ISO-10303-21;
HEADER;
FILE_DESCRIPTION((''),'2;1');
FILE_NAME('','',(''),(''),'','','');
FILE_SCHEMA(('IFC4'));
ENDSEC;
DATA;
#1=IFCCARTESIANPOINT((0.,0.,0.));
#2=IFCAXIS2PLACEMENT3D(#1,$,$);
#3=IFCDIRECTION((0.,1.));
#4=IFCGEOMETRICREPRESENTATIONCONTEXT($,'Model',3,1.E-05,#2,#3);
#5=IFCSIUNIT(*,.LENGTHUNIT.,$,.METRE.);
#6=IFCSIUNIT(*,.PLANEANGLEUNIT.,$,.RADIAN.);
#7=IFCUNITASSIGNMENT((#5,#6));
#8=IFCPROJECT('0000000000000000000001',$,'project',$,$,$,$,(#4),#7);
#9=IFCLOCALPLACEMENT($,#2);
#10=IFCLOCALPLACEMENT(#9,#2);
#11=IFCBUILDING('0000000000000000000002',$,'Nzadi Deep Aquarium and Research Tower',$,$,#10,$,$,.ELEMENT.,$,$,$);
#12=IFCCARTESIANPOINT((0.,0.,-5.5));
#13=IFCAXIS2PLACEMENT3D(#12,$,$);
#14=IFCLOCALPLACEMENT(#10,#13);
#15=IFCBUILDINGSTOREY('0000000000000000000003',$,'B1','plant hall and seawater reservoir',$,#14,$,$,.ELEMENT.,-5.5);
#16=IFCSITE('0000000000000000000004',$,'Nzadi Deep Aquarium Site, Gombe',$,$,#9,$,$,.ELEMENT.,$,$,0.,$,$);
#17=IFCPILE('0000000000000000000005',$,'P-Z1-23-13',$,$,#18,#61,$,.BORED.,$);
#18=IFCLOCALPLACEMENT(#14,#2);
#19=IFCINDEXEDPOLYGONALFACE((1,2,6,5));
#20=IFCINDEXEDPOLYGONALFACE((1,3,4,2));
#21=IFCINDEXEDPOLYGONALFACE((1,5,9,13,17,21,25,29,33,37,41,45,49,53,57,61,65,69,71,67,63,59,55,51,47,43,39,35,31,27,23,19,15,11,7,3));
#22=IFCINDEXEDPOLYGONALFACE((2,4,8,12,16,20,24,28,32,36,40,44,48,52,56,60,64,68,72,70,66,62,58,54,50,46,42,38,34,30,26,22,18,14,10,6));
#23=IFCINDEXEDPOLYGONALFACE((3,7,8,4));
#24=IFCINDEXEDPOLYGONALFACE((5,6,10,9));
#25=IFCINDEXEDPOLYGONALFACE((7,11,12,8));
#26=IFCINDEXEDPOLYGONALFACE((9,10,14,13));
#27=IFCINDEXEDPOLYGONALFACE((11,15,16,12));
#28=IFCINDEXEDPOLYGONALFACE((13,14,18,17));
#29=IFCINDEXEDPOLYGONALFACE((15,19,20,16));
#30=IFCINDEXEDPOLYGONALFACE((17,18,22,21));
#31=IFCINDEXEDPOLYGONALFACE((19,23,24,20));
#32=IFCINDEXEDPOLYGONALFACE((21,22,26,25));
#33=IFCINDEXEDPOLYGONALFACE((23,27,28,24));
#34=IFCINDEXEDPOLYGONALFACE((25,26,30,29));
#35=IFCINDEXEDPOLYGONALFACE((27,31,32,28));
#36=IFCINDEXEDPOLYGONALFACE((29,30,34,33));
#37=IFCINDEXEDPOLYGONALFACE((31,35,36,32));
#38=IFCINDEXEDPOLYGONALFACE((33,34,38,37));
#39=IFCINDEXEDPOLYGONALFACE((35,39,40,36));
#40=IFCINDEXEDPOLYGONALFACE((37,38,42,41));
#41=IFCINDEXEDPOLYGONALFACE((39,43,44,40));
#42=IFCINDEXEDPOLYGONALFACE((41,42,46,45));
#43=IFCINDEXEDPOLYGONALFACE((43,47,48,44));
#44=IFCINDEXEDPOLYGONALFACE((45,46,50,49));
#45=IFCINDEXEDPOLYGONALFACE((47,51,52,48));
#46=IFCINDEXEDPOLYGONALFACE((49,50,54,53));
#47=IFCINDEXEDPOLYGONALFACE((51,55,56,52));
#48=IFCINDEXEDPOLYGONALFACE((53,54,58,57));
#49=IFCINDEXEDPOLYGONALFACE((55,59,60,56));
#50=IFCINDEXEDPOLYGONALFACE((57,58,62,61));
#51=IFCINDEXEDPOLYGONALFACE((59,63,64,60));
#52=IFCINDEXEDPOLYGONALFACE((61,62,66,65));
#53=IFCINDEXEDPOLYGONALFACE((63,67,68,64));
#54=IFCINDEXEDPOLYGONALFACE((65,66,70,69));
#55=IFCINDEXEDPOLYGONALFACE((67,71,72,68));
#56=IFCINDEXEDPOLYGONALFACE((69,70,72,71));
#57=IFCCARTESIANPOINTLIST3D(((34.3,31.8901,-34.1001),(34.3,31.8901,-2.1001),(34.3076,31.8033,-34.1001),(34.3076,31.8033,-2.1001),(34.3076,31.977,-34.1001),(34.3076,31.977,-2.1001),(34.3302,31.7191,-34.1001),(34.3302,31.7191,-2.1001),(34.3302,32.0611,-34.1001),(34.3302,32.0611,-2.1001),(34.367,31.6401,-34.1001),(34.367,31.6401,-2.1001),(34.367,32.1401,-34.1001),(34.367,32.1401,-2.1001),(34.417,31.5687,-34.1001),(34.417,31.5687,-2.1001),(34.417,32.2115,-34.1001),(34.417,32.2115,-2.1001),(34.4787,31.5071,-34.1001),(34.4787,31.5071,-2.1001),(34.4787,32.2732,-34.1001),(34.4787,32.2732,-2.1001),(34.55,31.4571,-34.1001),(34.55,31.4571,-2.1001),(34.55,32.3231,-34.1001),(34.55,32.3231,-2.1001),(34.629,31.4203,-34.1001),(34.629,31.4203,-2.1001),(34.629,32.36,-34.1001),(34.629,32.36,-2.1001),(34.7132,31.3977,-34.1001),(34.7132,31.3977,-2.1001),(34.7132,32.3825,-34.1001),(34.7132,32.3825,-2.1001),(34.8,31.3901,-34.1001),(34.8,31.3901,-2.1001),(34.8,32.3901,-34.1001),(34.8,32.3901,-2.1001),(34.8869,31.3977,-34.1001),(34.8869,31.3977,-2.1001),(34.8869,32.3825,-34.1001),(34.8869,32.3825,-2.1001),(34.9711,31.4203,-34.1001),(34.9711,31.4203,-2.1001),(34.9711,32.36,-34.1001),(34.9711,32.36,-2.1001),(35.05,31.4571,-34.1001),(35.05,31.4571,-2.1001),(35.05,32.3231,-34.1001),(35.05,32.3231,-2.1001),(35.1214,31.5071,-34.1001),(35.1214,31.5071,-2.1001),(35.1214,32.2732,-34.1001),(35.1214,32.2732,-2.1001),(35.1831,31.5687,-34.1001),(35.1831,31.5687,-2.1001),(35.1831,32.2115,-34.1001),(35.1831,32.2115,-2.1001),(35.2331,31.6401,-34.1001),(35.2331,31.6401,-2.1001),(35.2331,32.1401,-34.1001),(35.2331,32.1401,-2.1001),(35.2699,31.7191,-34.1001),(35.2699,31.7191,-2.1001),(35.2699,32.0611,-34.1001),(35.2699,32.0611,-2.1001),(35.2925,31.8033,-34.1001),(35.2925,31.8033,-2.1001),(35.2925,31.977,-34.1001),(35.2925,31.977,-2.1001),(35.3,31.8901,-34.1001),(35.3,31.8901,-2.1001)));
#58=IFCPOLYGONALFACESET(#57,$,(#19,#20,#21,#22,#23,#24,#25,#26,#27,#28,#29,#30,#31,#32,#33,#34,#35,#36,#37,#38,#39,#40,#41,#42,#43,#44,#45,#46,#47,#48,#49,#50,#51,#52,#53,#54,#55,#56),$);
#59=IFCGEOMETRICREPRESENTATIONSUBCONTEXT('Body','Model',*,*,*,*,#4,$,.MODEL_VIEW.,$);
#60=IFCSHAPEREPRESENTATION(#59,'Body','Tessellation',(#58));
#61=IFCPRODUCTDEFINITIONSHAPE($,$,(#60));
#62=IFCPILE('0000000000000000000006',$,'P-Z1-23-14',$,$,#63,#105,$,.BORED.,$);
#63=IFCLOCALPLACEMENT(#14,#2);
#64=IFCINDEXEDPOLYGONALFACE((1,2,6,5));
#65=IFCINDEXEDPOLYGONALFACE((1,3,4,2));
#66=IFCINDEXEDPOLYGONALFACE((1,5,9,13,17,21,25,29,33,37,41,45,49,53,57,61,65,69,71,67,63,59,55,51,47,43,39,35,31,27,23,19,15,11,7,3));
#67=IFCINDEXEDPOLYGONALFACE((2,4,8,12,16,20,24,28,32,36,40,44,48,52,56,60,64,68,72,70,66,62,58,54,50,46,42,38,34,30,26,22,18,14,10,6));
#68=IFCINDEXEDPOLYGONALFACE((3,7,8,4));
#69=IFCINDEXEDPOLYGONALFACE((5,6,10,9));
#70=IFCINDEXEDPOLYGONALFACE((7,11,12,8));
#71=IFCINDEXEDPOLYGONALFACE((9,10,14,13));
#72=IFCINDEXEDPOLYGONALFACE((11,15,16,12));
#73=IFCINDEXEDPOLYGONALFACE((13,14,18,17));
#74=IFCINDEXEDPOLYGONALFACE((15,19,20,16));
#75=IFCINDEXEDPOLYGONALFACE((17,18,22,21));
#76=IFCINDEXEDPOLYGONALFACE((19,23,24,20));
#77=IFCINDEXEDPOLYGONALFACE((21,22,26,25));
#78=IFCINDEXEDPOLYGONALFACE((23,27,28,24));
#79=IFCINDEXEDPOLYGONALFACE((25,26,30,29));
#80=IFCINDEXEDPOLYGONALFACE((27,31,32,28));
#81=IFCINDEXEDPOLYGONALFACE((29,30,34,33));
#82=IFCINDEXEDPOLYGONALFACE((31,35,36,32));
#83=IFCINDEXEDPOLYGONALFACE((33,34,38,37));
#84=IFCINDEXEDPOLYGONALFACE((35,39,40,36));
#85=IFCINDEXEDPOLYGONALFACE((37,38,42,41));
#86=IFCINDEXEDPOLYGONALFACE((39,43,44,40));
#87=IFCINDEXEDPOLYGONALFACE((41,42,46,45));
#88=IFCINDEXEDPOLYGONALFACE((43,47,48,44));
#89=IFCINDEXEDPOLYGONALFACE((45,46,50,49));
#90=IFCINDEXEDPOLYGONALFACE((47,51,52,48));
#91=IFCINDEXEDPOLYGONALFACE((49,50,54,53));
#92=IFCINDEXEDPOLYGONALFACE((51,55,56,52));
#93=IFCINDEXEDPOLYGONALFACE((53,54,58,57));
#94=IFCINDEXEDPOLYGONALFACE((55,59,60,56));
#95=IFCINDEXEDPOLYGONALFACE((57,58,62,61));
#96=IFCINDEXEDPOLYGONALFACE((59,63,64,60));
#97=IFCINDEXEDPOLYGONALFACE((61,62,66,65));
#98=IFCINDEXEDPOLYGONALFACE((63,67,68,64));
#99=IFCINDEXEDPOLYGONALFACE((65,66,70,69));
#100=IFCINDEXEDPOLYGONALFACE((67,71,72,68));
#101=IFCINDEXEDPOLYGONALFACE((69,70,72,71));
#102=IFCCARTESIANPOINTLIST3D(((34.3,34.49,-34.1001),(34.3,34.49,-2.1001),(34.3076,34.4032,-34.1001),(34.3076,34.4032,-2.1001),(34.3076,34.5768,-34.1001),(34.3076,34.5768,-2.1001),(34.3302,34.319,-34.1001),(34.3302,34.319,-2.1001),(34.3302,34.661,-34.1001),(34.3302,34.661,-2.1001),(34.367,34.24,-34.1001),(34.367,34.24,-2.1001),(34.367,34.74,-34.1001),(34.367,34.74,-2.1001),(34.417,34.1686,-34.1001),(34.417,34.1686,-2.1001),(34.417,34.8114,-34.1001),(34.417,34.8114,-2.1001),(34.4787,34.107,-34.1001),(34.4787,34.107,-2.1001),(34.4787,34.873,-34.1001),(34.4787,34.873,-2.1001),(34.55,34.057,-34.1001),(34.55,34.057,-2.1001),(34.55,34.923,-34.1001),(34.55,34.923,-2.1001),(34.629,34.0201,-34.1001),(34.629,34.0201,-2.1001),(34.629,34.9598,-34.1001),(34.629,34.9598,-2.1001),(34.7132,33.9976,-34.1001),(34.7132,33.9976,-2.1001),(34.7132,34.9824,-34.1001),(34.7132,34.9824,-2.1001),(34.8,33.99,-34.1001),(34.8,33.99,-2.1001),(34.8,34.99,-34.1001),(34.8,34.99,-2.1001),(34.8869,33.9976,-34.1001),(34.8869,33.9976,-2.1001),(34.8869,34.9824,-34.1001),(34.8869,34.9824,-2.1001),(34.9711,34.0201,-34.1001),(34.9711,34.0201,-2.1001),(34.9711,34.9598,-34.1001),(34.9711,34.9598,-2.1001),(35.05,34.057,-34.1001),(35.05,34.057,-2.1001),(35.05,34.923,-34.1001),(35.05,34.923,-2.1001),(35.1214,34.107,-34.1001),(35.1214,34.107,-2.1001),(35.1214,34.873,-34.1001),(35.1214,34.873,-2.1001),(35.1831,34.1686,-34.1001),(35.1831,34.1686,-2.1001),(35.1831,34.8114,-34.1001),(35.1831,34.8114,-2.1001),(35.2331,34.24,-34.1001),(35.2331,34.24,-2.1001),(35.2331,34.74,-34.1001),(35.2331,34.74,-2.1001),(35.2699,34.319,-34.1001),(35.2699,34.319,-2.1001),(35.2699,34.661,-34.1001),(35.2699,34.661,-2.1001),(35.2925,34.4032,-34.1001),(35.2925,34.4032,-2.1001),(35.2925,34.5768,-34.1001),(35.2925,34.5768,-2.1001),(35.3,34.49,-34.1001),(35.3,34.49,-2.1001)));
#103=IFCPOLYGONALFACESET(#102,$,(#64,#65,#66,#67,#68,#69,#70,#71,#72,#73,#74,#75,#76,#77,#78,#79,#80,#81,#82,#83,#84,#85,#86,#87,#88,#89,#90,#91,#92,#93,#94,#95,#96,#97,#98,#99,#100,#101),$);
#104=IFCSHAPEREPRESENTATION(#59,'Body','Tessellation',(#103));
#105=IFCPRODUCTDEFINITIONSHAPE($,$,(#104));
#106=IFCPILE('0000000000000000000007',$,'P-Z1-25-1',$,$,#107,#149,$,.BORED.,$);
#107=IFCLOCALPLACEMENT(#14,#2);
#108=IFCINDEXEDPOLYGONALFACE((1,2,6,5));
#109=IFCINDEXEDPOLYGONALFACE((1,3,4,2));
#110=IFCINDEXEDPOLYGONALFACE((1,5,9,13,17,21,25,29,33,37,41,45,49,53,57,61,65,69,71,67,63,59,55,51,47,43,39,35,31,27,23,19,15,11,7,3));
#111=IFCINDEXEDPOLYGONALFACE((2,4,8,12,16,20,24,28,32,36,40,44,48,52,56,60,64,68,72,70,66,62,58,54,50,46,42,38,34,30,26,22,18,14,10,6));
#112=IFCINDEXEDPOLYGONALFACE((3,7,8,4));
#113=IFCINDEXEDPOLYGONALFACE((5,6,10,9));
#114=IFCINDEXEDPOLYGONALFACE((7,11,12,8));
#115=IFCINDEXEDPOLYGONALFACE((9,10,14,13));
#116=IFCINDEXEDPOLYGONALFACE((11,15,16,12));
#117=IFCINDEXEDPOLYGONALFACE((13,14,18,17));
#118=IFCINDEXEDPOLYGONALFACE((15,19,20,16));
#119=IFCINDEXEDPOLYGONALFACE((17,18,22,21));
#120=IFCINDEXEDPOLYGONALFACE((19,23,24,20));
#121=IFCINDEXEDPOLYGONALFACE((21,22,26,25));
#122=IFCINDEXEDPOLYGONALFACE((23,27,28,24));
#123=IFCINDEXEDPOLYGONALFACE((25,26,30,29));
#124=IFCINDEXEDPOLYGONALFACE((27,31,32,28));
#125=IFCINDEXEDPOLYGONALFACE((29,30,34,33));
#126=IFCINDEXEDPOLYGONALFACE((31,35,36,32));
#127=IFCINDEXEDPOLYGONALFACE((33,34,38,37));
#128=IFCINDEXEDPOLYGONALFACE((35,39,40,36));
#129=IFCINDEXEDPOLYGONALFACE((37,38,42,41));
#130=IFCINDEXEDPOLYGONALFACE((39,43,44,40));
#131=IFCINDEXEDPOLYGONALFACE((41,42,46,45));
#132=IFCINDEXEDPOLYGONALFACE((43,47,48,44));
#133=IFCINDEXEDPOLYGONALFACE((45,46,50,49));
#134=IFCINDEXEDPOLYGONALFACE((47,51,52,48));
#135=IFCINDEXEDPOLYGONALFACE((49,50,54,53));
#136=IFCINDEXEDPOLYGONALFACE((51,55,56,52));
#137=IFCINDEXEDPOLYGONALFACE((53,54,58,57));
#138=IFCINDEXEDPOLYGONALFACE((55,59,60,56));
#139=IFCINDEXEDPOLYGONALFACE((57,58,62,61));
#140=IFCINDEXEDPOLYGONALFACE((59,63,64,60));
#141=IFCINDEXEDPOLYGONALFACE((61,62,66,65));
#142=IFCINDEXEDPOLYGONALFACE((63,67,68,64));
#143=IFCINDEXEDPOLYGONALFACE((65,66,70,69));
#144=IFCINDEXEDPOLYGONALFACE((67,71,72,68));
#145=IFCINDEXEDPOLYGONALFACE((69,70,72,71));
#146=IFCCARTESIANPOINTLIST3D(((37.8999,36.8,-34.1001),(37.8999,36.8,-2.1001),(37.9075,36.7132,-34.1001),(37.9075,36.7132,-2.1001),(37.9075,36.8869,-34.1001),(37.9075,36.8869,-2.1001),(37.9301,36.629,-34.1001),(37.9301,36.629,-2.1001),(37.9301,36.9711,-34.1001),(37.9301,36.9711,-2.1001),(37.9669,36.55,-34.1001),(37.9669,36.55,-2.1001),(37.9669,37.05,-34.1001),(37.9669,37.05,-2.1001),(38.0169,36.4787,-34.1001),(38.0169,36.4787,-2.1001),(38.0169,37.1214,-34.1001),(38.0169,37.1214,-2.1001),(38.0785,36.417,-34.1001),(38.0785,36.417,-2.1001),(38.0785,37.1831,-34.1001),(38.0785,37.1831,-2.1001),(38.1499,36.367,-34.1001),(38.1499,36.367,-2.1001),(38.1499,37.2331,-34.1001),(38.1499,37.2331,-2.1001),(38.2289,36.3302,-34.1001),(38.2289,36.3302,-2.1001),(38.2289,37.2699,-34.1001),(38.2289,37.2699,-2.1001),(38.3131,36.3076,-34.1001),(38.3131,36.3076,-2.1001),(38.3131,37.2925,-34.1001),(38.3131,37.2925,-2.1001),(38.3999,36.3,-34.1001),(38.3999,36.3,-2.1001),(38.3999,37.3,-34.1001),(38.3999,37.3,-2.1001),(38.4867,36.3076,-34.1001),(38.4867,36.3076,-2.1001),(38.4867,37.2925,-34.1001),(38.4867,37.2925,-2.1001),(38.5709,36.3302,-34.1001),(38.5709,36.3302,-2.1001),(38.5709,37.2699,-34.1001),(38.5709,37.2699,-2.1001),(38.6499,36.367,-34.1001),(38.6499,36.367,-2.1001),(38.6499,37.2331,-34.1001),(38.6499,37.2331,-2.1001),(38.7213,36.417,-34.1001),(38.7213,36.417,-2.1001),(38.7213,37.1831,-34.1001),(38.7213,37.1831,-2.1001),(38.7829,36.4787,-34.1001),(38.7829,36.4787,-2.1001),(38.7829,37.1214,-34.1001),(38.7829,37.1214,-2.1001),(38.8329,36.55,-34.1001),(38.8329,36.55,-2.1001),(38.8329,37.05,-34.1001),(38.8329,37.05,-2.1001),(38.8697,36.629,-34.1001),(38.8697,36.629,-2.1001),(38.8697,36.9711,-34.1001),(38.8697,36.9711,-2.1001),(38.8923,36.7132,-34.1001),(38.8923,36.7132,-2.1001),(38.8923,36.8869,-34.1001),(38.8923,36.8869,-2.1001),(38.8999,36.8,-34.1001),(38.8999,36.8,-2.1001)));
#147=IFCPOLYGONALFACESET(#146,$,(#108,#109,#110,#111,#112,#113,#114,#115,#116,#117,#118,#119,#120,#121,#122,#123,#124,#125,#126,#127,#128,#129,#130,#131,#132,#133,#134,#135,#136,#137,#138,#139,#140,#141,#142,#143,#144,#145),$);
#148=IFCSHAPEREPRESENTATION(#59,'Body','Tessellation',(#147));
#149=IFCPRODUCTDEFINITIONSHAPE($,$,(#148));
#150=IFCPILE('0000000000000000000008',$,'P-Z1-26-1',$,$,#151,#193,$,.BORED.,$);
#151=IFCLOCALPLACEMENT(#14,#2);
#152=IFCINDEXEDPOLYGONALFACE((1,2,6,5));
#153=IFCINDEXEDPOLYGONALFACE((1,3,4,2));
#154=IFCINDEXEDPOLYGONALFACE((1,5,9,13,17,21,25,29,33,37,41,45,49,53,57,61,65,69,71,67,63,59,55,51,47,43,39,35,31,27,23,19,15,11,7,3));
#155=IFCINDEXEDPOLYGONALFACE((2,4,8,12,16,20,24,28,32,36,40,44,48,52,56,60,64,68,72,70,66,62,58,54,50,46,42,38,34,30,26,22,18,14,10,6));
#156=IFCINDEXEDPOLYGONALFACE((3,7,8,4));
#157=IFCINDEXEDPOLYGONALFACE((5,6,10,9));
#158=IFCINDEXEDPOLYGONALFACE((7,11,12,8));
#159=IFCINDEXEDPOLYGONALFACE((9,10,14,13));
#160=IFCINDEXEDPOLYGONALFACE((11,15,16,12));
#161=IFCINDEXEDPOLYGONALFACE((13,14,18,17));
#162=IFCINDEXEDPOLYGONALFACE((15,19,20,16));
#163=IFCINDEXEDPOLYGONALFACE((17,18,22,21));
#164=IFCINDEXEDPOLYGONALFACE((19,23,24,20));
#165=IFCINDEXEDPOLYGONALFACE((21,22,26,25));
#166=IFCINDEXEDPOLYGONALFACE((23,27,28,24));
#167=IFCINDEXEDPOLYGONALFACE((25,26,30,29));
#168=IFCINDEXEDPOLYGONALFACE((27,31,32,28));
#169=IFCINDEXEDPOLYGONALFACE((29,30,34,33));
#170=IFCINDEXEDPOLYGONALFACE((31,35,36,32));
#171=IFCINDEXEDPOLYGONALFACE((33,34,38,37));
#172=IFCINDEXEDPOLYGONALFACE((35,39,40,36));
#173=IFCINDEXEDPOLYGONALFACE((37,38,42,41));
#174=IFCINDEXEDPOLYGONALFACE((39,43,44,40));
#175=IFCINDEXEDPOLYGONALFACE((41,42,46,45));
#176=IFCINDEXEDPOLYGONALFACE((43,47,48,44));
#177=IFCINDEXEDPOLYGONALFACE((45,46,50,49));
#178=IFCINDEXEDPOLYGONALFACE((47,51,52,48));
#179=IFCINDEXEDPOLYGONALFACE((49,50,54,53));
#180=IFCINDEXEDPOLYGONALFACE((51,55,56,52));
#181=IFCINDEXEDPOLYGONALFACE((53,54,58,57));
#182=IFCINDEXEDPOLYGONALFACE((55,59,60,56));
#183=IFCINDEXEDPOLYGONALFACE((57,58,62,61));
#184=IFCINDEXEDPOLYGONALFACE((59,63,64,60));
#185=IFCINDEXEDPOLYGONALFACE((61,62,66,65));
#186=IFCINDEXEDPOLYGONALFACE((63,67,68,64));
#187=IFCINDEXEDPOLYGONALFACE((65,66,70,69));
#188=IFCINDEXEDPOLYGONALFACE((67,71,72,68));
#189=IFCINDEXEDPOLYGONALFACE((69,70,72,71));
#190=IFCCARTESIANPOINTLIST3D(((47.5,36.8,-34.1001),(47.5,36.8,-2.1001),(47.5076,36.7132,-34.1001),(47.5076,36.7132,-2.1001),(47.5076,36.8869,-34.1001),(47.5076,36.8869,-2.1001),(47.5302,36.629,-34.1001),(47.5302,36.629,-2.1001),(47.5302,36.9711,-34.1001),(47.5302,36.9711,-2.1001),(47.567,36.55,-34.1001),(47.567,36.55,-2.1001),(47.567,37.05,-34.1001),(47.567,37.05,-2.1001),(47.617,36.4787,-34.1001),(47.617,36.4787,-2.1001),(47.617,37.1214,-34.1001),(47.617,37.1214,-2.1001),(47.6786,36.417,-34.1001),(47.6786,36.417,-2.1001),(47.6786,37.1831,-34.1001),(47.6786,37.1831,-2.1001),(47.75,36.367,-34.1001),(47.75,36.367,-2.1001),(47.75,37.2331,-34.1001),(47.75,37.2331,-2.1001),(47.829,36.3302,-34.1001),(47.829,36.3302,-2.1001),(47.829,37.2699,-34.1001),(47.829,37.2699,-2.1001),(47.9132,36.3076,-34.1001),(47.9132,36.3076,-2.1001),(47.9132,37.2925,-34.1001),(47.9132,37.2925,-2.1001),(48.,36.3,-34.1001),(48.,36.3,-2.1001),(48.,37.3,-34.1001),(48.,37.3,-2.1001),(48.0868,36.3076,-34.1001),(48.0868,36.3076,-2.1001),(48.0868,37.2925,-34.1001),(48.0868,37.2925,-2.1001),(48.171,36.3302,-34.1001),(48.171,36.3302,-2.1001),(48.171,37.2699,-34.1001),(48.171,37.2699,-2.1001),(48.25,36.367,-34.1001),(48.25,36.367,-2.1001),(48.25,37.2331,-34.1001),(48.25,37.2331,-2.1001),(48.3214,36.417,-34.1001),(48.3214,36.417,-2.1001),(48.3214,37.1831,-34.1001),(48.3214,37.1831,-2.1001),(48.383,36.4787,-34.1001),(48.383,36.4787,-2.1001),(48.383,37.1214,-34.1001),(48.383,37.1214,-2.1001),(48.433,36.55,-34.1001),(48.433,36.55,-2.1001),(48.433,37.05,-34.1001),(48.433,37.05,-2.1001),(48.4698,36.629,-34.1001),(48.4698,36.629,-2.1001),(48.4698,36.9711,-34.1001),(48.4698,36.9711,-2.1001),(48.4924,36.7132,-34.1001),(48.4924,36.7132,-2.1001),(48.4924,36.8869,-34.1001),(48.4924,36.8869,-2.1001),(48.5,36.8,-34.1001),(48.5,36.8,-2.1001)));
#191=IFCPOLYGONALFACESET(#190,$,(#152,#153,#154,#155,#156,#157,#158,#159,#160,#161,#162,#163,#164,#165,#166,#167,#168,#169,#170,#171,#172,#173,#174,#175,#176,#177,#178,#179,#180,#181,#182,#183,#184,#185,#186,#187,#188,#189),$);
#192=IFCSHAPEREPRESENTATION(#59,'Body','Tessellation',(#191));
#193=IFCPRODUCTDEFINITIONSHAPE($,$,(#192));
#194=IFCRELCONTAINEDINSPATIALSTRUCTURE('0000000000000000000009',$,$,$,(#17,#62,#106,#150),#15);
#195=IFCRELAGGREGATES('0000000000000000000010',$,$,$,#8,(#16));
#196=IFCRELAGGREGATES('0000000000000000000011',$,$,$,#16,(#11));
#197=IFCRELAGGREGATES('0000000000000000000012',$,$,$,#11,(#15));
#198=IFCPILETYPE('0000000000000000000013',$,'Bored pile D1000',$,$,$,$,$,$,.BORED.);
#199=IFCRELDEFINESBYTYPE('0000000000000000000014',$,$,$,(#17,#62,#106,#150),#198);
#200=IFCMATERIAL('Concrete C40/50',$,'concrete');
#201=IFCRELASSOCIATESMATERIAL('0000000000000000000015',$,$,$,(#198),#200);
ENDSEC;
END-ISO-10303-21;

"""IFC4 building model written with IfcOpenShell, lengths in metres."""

from ifc_helpers import new_model, si_unit, direction, frame, origin, origin_2d, place, context, subcontext, project, spatial, circle, extrude, material, material_profile, profile_set, type_object, element, save


model = new_model("IFC4")

# Units and contexts
model_context = context("Model", 3, precision=1e-05, world=origin(), true_north=direction((0.0, 1.0)))
body_context = subcontext(model_context, "Body", "Model", "MODEL_VIEW")
ifc_project = project(units=[si_unit("LENGTHUNIT", "METRE"), si_unit("PLANEANGLEUNIT", "RADIAN")], contexts=[model_context])

# Site, building, storey
site_placement = place(None, origin())
site = spatial("IfcSite", under=ifc_project, at=site_placement, Name="Nzadi Deep Aquarium Site, Gombe", CompositionType="ELEMENT", RefElevation=0.0)
building_placement = place(site_placement, origin())
building = spatial("IfcBuilding", under=site, at=building_placement, Name="Nzadi Deep Aquarium and Research Tower", CompositionType="ELEMENT")
storey_placement = place(building_placement, frame((0.0, 0.0, -5.5)))
storey = spatial("IfcBuildingStorey", under=building, at=storey_placement, Name="B1", Description="plant hall and seawater reservoir", CompositionType="ELEMENT", Elevation=-5.5)

# Piles
ifc_material_1 = material(Name="Concrete C40/50", Category="concrete")
ifc_material_profile_1 = material_profile(ifc_material_1, circle(Radius=0.5, at=origin_2d()))
ifc_profile_set_1 = profile_set([ifc_material_profile_1], Name="Concrete C40/50")
pile_type_1 = type_object("IfcPileType", Name="Bored pile D1000", PredefinedType="BORED", material=ifc_profile_set_1)
for number, where, z_axis, x_axis, name in (
    (1, (34.8, 31.8901, -2.1001), (0.0, 0.0, -1.0), (1.0, 0.0, 0.0), "P-Z1-23-13"),
    (2, (34.8, 34.49, -2.1001), (0.0, 0.0, -1.0), (1.0, 0.0, 0.0), "P-Z1-23-14"),
    (3, (38.3999, 36.8, -2.1001), (0.0, 0.0, -1.0), (1.0, 0.0, 0.0), "P-Z1-25-1"),
    (4, (48.0, 36.8, -2.1001), (0.0, 0.0, -1.0), (1.0, 0.0, 0.0), "P-Z1-26-1"),
):
    element("IfcPile", number, at=place(storey_placement, frame(where, z_axis=z_axis, x_axis=x_axis)), inside=storey, type_object=pile_type_1, Name=name, PredefinedType="BORED", context=body_context, shape_type="SweptSolid", body=[
        extrude(circle(Radius=0.5, at=origin_2d()), origin(), (0.0, 0.0, 1.0), 32.0),
    ])

save(model, "model.ifc")
